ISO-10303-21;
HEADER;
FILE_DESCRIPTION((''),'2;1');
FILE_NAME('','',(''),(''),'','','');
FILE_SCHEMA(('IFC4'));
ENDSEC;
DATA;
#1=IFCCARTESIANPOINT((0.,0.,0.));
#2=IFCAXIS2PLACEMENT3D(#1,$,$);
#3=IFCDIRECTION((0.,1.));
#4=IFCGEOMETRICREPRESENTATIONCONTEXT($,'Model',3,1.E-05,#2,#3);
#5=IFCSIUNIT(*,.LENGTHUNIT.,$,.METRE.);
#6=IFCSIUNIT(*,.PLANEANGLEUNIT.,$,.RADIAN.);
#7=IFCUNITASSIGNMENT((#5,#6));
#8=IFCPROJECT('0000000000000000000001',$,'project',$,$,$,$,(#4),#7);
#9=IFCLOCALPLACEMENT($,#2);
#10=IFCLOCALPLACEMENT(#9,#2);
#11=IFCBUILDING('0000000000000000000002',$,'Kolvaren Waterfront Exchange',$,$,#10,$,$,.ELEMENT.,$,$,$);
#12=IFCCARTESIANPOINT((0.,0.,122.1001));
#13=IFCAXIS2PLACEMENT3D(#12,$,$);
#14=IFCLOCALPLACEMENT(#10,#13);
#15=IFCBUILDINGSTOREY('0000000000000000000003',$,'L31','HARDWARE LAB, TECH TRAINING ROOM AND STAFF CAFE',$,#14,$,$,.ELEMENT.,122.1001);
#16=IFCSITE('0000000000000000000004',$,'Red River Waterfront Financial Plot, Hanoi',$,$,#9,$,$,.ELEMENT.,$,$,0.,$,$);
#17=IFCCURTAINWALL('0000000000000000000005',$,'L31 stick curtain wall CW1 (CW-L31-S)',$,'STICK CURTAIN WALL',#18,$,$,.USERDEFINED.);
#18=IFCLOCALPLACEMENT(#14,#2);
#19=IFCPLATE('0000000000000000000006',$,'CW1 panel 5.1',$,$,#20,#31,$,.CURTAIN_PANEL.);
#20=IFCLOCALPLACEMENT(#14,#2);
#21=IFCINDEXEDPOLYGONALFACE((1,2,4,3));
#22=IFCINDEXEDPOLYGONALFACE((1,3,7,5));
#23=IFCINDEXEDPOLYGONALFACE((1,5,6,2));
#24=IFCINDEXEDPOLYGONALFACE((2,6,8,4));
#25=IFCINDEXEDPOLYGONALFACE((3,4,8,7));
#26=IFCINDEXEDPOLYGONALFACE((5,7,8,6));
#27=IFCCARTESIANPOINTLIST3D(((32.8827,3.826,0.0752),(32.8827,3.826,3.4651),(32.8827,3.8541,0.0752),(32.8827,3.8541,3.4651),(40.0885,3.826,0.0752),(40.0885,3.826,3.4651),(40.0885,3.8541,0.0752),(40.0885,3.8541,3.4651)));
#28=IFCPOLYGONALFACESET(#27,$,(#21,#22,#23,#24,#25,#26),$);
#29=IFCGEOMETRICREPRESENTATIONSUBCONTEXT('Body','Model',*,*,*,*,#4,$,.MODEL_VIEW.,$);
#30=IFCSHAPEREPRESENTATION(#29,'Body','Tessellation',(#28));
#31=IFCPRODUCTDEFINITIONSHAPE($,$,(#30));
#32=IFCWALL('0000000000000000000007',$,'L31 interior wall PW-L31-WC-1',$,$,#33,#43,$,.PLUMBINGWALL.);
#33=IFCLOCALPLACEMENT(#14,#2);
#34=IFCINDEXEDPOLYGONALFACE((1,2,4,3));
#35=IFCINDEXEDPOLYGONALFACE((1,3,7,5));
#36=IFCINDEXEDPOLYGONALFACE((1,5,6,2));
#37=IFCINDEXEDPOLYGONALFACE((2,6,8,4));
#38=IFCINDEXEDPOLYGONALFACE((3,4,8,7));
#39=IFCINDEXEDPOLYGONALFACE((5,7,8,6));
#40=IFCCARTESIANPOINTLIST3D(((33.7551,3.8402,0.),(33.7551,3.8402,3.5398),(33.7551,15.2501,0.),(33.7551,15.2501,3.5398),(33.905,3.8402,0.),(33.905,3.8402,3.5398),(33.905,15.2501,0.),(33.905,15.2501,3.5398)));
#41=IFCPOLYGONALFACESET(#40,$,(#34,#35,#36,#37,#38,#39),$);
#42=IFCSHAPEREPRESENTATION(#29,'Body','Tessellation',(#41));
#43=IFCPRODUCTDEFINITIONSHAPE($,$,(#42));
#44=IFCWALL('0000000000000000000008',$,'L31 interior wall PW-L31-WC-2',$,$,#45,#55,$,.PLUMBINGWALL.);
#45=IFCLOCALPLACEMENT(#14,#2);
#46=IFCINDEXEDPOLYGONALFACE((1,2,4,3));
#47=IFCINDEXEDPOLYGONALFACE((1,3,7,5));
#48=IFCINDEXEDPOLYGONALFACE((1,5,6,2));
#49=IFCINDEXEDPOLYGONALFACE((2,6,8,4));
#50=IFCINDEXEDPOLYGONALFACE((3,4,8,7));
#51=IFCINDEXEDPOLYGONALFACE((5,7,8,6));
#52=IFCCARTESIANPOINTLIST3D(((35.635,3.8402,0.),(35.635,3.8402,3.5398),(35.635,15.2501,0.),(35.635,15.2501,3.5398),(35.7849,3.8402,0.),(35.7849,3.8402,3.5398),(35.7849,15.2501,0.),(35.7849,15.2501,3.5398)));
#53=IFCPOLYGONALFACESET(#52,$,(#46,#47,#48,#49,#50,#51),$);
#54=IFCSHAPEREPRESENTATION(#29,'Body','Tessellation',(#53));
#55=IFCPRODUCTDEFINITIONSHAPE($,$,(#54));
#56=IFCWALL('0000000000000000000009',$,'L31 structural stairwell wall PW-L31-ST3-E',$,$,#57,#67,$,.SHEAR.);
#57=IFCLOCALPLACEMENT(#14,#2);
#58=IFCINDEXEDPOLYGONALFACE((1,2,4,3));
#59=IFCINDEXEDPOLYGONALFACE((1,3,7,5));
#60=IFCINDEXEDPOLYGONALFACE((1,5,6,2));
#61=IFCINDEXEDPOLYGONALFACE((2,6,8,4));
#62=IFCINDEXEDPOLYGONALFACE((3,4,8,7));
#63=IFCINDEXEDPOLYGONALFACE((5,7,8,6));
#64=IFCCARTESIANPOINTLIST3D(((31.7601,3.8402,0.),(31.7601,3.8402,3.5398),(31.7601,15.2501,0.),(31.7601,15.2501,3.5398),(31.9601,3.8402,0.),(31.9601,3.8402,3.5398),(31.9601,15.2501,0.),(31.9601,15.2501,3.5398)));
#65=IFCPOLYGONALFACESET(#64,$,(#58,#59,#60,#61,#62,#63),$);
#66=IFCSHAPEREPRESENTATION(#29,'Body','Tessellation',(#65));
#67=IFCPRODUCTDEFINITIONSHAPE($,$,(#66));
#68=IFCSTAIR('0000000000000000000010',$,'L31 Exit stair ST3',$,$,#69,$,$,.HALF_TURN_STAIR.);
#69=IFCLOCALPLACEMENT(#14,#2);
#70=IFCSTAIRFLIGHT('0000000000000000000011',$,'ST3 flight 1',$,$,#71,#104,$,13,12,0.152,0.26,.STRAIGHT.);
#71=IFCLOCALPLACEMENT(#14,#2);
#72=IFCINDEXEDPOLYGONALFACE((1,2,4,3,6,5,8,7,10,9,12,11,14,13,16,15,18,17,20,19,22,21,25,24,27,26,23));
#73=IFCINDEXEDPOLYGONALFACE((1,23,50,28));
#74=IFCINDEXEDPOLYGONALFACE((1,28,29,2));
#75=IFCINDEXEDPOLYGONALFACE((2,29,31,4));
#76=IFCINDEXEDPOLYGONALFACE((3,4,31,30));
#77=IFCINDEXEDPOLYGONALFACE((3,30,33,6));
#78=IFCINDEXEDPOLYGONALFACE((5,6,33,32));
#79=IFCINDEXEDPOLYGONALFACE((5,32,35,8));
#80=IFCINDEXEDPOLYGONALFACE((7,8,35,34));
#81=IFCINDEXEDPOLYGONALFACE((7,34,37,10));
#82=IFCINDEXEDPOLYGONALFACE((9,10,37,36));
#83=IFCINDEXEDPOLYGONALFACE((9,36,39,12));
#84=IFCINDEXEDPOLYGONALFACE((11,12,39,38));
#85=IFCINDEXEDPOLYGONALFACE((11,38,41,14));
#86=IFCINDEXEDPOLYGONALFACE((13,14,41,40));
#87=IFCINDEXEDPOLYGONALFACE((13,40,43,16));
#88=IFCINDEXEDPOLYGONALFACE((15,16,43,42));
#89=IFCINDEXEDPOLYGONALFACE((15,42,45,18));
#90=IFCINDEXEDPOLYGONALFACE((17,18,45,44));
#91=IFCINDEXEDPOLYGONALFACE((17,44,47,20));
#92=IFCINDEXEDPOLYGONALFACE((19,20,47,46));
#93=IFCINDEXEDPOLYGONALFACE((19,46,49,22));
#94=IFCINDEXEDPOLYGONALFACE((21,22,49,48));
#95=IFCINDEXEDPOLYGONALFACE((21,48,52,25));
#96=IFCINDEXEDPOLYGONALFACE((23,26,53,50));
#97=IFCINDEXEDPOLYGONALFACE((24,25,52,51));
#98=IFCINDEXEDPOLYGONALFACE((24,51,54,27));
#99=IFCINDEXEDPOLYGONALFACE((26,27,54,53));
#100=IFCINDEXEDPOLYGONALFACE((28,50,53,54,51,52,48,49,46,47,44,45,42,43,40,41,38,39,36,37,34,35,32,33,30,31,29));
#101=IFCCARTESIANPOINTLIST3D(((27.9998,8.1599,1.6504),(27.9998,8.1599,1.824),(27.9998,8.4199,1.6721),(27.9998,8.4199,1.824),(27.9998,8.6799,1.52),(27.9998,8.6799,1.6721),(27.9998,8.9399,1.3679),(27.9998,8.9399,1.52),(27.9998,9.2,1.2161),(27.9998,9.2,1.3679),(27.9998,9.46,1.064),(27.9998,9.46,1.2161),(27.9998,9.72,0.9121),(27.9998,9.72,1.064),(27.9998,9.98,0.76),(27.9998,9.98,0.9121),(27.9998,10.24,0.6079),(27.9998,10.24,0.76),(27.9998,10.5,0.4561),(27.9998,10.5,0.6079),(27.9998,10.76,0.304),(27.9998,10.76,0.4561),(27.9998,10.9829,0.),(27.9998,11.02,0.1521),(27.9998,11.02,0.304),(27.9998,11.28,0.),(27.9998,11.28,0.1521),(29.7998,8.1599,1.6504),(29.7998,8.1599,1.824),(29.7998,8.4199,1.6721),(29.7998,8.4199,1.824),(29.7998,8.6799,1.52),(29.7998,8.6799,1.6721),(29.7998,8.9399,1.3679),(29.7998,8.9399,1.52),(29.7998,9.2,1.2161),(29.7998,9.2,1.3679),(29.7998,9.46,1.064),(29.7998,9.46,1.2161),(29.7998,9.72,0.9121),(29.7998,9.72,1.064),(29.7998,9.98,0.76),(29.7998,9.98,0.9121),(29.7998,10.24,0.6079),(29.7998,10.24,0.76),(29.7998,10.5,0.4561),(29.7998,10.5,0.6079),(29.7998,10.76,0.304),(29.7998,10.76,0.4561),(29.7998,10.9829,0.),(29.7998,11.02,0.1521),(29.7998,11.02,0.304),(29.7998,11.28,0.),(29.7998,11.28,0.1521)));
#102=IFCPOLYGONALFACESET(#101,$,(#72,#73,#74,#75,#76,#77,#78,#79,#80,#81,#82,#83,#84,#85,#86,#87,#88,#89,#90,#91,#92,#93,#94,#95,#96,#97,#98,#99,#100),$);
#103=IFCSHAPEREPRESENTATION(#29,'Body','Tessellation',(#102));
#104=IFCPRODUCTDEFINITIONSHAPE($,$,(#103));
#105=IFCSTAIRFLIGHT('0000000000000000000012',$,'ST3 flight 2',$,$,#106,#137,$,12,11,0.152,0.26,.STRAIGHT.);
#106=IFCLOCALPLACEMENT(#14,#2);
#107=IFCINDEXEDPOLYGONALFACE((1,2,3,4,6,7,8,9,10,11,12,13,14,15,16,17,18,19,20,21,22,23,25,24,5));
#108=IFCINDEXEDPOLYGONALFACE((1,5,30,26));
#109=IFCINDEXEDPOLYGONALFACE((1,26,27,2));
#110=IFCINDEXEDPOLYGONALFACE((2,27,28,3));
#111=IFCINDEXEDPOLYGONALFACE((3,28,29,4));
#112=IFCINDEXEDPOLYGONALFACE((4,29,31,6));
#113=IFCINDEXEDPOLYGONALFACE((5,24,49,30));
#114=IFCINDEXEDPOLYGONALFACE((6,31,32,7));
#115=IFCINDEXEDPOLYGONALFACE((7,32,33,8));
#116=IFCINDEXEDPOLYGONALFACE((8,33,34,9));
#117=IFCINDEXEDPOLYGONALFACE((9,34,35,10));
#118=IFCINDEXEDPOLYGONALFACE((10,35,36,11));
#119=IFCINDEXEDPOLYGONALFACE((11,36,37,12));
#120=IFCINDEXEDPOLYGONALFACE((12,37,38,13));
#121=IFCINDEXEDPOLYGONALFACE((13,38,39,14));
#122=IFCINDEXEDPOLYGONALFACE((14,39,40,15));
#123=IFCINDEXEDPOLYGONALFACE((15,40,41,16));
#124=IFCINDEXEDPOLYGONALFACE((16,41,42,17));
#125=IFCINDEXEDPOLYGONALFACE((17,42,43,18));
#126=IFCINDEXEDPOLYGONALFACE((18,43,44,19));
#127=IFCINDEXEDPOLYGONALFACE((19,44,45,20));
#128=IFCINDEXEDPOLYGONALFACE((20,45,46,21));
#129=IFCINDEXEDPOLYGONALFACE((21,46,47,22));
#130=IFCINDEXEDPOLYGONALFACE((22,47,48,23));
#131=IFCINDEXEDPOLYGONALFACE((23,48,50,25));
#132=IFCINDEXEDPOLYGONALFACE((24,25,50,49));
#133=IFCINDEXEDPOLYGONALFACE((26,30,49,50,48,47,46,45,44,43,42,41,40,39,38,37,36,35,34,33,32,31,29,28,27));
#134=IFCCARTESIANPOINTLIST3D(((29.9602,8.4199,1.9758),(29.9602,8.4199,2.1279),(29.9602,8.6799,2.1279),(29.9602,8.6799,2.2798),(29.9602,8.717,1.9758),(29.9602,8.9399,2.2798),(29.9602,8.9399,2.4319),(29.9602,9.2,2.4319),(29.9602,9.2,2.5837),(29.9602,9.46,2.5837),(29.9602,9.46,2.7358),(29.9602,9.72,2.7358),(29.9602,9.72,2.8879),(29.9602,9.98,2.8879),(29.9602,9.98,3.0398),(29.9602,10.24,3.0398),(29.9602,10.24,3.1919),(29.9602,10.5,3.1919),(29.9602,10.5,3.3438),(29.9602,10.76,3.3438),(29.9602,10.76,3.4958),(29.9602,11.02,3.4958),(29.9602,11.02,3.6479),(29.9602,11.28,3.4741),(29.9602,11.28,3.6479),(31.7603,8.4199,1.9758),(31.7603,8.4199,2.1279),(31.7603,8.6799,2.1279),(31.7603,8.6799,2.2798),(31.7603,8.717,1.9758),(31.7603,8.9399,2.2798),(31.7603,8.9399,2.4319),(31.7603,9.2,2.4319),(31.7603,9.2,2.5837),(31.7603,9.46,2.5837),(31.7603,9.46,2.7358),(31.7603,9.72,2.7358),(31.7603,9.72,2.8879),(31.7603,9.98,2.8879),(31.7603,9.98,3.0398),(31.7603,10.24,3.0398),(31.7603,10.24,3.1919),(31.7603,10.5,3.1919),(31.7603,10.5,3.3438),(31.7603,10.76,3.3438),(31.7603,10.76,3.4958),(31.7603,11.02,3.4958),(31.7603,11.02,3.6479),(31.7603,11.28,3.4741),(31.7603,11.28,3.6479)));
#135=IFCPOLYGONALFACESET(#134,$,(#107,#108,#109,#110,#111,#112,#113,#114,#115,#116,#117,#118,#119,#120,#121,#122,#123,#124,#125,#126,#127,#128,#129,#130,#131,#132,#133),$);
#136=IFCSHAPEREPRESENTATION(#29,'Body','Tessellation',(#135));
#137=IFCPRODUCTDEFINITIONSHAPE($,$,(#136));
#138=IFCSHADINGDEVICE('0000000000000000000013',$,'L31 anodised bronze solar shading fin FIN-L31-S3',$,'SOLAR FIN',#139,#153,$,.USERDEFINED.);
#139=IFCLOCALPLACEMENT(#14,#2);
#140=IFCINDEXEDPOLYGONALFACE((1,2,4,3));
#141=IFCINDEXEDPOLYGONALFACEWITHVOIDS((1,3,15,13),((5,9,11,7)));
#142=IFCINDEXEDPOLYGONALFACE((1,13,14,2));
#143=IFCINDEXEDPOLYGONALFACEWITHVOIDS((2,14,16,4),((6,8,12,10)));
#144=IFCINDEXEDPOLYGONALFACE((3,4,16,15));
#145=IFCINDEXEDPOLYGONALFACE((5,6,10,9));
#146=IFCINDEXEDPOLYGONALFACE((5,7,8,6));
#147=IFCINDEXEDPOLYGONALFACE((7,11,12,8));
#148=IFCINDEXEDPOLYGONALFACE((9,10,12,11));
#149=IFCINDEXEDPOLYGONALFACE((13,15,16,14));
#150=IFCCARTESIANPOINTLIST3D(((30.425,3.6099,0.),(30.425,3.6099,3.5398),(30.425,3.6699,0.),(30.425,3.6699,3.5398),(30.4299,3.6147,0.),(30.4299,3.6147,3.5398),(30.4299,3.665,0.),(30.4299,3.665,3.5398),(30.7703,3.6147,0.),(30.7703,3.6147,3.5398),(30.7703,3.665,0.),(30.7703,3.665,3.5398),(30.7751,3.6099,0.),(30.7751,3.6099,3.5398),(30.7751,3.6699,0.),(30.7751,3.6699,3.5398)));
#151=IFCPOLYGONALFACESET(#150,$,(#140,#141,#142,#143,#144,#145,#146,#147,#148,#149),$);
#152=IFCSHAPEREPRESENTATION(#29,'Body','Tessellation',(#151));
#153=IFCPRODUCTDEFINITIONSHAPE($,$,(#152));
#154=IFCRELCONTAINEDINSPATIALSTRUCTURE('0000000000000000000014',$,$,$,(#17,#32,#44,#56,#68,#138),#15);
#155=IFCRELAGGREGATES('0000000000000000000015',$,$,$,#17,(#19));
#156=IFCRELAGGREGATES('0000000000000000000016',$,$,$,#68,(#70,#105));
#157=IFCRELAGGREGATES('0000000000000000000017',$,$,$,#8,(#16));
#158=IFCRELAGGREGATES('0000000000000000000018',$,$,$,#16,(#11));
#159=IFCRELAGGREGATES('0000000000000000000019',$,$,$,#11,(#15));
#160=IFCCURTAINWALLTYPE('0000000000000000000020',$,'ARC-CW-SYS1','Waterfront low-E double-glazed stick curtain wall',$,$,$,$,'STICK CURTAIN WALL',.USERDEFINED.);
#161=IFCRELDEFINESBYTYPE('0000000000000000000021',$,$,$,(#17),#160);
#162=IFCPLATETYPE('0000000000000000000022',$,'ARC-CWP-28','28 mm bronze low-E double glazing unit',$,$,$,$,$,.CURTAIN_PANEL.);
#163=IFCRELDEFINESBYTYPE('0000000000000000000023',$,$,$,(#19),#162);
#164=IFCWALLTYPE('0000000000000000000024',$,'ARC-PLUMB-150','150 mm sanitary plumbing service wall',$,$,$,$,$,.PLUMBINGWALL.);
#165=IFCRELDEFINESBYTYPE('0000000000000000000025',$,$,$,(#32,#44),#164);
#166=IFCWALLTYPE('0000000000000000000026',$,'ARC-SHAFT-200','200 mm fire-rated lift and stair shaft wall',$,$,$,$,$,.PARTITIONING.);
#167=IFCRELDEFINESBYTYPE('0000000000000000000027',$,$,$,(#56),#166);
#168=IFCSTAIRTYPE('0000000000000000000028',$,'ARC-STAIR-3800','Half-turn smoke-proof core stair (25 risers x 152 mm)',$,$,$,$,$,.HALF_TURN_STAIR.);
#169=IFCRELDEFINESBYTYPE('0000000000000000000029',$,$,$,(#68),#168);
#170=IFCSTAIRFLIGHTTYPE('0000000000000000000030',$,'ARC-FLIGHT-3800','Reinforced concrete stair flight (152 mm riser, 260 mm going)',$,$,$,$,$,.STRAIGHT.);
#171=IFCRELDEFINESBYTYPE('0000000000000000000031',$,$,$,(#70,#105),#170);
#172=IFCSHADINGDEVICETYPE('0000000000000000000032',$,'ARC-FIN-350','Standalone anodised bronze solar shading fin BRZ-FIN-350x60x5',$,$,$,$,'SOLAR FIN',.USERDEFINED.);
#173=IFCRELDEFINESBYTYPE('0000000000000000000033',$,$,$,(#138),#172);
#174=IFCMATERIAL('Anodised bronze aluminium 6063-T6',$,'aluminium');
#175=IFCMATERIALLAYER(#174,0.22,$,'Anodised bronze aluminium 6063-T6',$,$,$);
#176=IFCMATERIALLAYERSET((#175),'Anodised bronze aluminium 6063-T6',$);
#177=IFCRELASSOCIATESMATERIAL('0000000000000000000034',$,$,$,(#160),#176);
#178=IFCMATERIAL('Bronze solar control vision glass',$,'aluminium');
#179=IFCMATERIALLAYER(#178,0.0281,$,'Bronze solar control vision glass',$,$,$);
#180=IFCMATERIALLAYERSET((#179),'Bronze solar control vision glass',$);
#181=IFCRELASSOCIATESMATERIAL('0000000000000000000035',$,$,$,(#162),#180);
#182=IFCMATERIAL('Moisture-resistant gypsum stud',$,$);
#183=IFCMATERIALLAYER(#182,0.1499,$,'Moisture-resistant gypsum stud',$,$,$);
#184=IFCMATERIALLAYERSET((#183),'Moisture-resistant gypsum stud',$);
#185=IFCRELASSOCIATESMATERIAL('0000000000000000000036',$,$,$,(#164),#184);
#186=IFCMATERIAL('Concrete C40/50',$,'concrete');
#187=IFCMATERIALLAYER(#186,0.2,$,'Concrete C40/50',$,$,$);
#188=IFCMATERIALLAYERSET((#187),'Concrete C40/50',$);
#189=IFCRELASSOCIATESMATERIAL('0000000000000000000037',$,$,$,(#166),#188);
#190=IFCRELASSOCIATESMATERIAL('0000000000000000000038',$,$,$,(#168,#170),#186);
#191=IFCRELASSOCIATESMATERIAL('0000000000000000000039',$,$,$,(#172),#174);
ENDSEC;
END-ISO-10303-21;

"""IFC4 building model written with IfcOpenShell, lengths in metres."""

from ifc_helpers import new_model, si_unit, direction, frame, frame_2d, origin, origin_with_axes, origin_2d, place, context, subcontext, project, spatial, polyline, rectangle, hollow_rectangle, outline, extrude, source, transform, mapped, material, layer, layer_set, material_profile, profile_set, type_object, element, aggregate, save


model = new_model("IFC4")

# Units and contexts
model_context = context("Model", 3, precision=1e-05, world=origin(), true_north=direction((0.0, 1.0)))
body_context = subcontext(model_context, "Body", "Model", "MODEL_VIEW")
ifc_project = project(units=[si_unit("LENGTHUNIT", "METRE"), si_unit("PLANEANGLEUNIT", "RADIAN")], contexts=[model_context])

# Site, building, storey
site_placement = place(None, origin())
site = spatial("IfcSite", under=ifc_project, at=site_placement, Name="Red River Waterfront Financial Plot, Hanoi", CompositionType="ELEMENT", RefElevation=0.0)
building_placement = place(site_placement, origin())
building = spatial("IfcBuilding", under=site, at=building_placement, Name="Kolvaren Waterfront Exchange", CompositionType="ELEMENT")
storey_placement = place(building_placement, frame((0.0, 0.0, 122.1001)))
storey = spatial("IfcBuildingStorey", under=building, at=storey_placement, Name="L31", Description="HARDWARE LAB, TECH TRAINING ROOM AND STAFF CAFE", CompositionType="ELEMENT", Elevation=122.1001)

# Curtain wall, plate
ifc_material_1 = material(Name="Anodised bronze aluminium 6063-T6", Category="aluminium")
ifc_layer_1 = layer(ifc_material_1, 0.22, Name="Anodised bronze aluminium 6063-T6")
ifc_layer_set_1 = layer_set([ifc_layer_1], Name="Anodised bronze aluminium 6063-T6")
curtain_wall_type = type_object("IfcCurtainWallType", Name="ARC-CW-SYS1", Description="Waterfront low-E double-glazed stick curtain wall", ElementType="STICK CURTAIN WALL", PredefinedType="USERDEFINED", material=ifc_layer_set_1)
curtain_wall_placement = place(storey_placement, origin())
curtain_wall = element("IfcCurtainWall", 1, at=curtain_wall_placement, inside=storey, type_object=curtain_wall_type, Name="L31 stick curtain wall CW1 (CW-L31-S)", ObjectType="STICK CURTAIN WALL", PredefinedType="USERDEFINED")
ifc_material_2 = material(Name="Bronze solar control vision glass", Category="aluminium")
ifc_layer_2 = layer(ifc_material_2, 0.0281, Name="Bronze solar control vision glass")
ifc_layer_set_2 = layer_set([ifc_layer_2], Name="Bronze solar control vision glass")
plate_type = type_object("IfcPlateType", Name="ARC-CWP-28", Description="28 mm bronze low-E double glazing unit", PredefinedType="CURTAIN_PANEL", material=ifc_layer_set_2)
shared_shape_1 = source(origin_with_axes(), body_context, "Body", "SweptSolid", [
    extrude(rectangle(XDim=7.2058, YDim=0.0281, at=origin_2d()), origin(), (0.0, 0.0, 1.0), 3.3899),
])
plate_1_placement = place(storey_placement, frame((36.4856, 3.8401, 0.0752), z_axis=(0.0, 0.0, 1.0), x_axis=(1.0, 0.0, 0.0)))
plate_1 = element("IfcPlate", 2, at=plate_1_placement, type_object=plate_type, Name="CW1 panel 5.1", PredefinedType="CURTAIN_PANEL", context=body_context, shape_type="MappedRepresentation", body=[
    mapped(shared_shape_1, transform((0.0, 0.0, 0.0), x_axis=(1.0, 0.0, 0.0), y_axis=(0.0, 1.0, 0.0), z_axis=(0.0, 0.0, 1.0), scale=1.0)),
])
aggregate(curtain_wall, [plate_1])

# Walls
ifc_material_3 = material(Name="Moisture-resistant gypsum stud")
ifc_layer_3 = layer(ifc_material_3, 0.1499, Name="Moisture-resistant gypsum stud")
ifc_layer_set_3 = layer_set([ifc_layer_3], Name="Moisture-resistant gypsum stud")
wall_type_1 = type_object("IfcWallType", Name="ARC-PLUMB-150", Description="150 mm sanitary plumbing service wall", PredefinedType="PLUMBINGWALL", material=ifc_layer_set_3)
for number, where, z_axis, x_axis, name in (
    (3, (33.8301, 3.8401, 0.0), (0.0, 0.0, 1.0), (0.0, 1.0, 0.0), "L31 interior wall PW-L31-WC-1"),
    (4, (35.71, 3.8401, 0.0), (0.0, 0.0, 1.0), (0.0, 1.0, 0.0), "L31 interior wall PW-L31-WC-2"),
):
    element("IfcWall", number, at=place(storey_placement, frame(where, z_axis=z_axis, x_axis=x_axis)), inside=storey, type_object=wall_type_1, Name=name, PredefinedType="PLUMBINGWALL", context=body_context, shape_type="SweptSolid", body=[
        extrude(rectangle(XDim=11.4099, YDim=0.1499, at=frame_2d((5.7051, 0.0))), origin(), (0.0, 0.0, 1.0), 3.5398),
    ])
ifc_material_4 = material(Name="Concrete C40/50", Category="concrete")
ifc_layer_4 = layer(ifc_material_4, 0.2, Name="Concrete C40/50")
ifc_layer_set_4 = layer_set([ifc_layer_4], Name="Concrete C40/50")
wall_type_2 = type_object("IfcWallType", Name="ARC-SHAFT-200", Description="200 mm fire-rated lift and stair shaft wall", PredefinedType="PARTITIONING", material=ifc_layer_set_4)
wall_placement = place(storey_placement, frame((31.8601, 3.8401, 0.0), z_axis=(0.0, 0.0, 1.0), x_axis=(0.0, 1.0, 0.0)))
element("IfcWall", 5, at=wall_placement, inside=storey, type_object=wall_type_2, Name="L31 structural stairwell wall PW-L31-ST3-E", PredefinedType="SHEAR", context=body_context, shape_type="SweptSolid", body=[
    extrude(rectangle(XDim=11.4099, YDim=0.2, at=frame_2d((5.7051, 0.0))), origin(), (0.0, 0.0, 1.0), 3.5398),
])

# Stair, stair flights
stair_type = type_object("IfcStairType", Name="ARC-STAIR-3800", Description="Half-turn smoke-proof core stair (25 risers x 152 mm)", PredefinedType="HALF_TURN_STAIR", material=ifc_material_4)
stair_placement = place(storey_placement, origin())
stair = element("IfcStair", 6, at=stair_placement, inside=storey, type_object=stair_type, Name="L31 Exit stair ST3", PredefinedType="HALF_TURN_STAIR")
stair_flight_type = type_object("IfcStairFlightType", Name="ARC-FLIGHT-3800", Description="Reinforced concrete stair flight (152 mm riser, 260 mm going)", PredefinedType="STRAIGHT", material=ifc_material_4)
stair_flight_1_placement = place(storey_placement, frame((28.8999, 11.28, 0.0), z_axis=(0.0, 0.0, 1.0), x_axis=(0.0, -1.0, 0.0)))
stair_flight_1 = element("IfcStairFlight", 7, at=stair_flight_1_placement, type_object=stair_flight_type, Name="ST3 flight 1", NumberOfRisers=13, NumberOfTreads=12, PredefinedType="STRAIGHT", RiserHeight=0.152, TreadLength=0.26, context=body_context, shape_type="SweptSolid", body=[
    extrude(outline(polyline([(0.0, 0.0), (0.0, 0.1521), (0.26, 0.1521), (0.26, 0.304), (0.52, 0.304), (0.52, 0.4561), (0.78, 0.4561), (0.78, 0.6079), (1.04, 0.6079), (1.04, 0.76), (1.3, 0.76), (1.3, 0.9121), (1.5601, 0.9121), (1.5601, 1.064), (1.8201, 1.064), (1.8201, 1.2161), (2.0801, 1.2161), (2.0801, 1.3679), (2.3401, 1.3679), (2.3401, 1.52), (2.6001, 1.52), (2.6001, 1.6721), (2.8601, 1.6721), (2.8601, 1.824), (3.1201, 1.824), (3.1201, 1.9761), (3.1201, 1.6504), (0.2971, 0.0), (0.0, 0.0)])), frame((0.0, 0.8999, 0.0), z_axis=(0.0, -1.0, 0.0), x_axis=(1.0, 0.0, 0.0)), (0.0, 0.0, 1.0), 1.8),
])
stair_flight_2_placement = place(storey_placement, frame((30.8601, 8.4199, 1.9758), z_axis=(0.0, 0.0, 1.0), x_axis=(0.0, 1.0, 0.0)))
stair_flight_2 = element("IfcStairFlight", 8, at=stair_flight_2_placement, type_object=stair_flight_type, Name="ST3 flight 2", NumberOfRisers=12, NumberOfTreads=11, PredefinedType="STRAIGHT", RiserHeight=0.152, TreadLength=0.26, context=body_context, shape_type="SweptSolid", body=[
    extrude(outline(polyline([(0.0, 0.0), (0.0, 0.1521), (0.26, 0.1521), (0.26, 0.304), (0.52, 0.304), (0.52, 0.4561), (0.78, 0.4561), (0.78, 0.6079), (1.04, 0.6079), (1.04, 0.76), (1.3, 0.76), (1.3, 0.9121), (1.5601, 0.9121), (1.5601, 1.064), (1.8201, 1.064), (1.8201, 1.2161), (2.0801, 1.2161), (2.0801, 1.3679), (2.3401, 1.3679), (2.3401, 1.52), (2.6001, 1.52), (2.6001, 1.6721), (2.8601, 1.6721), (2.8601, 1.824), (2.8601, 1.4983), (0.2971, 0.0), (0.0, 0.0)])), frame((0.0, 0.8999, 0.0), z_axis=(0.0, -1.0, 0.0), x_axis=(1.0, 0.0, 0.0)), (0.0, 0.0, 1.0), 1.8),
])
aggregate(stair, [stair_flight_1, stair_flight_2])

# Shading device
ifc_material_profile_1 = material_profile(ifc_material_1, hollow_rectangle(XDim=0.0601, YDim=0.3501, WallThickness=0.0049, at=origin_2d()), Name="BRZ-FIN-350x60x5")
ifc_profile_set_1 = profile_set([ifc_material_profile_1], Name="Anodised bronze aluminium 6063-T6")
shading_device_type = type_object("IfcShadingDeviceType", Name="ARC-FIN-350", Description="Standalone anodised bronze solar shading fin BRZ-FIN-350x60x5", ElementType="SOLAR FIN", PredefinedType="USERDEFINED", material=ifc_profile_set_1)
shading_device_placement = place(storey_placement, frame((30.6001, 3.6399, 0.0), z_axis=(0.0, 0.0, 1.0), x_axis=(0.0, -1.0, 0.0)))
element("IfcShadingDevice", 9, at=shading_device_placement, inside=storey, type_object=shading_device_type, Name="L31 anodised bronze solar shading fin FIN-L31-S3", ObjectType="SOLAR FIN", PredefinedType="USERDEFINED", context=body_context, shape_type="SweptSolid", body=[
    extrude(hollow_rectangle(XDim=0.0601, YDim=0.3501, WallThickness=0.0049, at=origin_2d()), origin(), (0.0, 0.0, 1.0), 3.5398),
])

save(model, "model.ifc")
